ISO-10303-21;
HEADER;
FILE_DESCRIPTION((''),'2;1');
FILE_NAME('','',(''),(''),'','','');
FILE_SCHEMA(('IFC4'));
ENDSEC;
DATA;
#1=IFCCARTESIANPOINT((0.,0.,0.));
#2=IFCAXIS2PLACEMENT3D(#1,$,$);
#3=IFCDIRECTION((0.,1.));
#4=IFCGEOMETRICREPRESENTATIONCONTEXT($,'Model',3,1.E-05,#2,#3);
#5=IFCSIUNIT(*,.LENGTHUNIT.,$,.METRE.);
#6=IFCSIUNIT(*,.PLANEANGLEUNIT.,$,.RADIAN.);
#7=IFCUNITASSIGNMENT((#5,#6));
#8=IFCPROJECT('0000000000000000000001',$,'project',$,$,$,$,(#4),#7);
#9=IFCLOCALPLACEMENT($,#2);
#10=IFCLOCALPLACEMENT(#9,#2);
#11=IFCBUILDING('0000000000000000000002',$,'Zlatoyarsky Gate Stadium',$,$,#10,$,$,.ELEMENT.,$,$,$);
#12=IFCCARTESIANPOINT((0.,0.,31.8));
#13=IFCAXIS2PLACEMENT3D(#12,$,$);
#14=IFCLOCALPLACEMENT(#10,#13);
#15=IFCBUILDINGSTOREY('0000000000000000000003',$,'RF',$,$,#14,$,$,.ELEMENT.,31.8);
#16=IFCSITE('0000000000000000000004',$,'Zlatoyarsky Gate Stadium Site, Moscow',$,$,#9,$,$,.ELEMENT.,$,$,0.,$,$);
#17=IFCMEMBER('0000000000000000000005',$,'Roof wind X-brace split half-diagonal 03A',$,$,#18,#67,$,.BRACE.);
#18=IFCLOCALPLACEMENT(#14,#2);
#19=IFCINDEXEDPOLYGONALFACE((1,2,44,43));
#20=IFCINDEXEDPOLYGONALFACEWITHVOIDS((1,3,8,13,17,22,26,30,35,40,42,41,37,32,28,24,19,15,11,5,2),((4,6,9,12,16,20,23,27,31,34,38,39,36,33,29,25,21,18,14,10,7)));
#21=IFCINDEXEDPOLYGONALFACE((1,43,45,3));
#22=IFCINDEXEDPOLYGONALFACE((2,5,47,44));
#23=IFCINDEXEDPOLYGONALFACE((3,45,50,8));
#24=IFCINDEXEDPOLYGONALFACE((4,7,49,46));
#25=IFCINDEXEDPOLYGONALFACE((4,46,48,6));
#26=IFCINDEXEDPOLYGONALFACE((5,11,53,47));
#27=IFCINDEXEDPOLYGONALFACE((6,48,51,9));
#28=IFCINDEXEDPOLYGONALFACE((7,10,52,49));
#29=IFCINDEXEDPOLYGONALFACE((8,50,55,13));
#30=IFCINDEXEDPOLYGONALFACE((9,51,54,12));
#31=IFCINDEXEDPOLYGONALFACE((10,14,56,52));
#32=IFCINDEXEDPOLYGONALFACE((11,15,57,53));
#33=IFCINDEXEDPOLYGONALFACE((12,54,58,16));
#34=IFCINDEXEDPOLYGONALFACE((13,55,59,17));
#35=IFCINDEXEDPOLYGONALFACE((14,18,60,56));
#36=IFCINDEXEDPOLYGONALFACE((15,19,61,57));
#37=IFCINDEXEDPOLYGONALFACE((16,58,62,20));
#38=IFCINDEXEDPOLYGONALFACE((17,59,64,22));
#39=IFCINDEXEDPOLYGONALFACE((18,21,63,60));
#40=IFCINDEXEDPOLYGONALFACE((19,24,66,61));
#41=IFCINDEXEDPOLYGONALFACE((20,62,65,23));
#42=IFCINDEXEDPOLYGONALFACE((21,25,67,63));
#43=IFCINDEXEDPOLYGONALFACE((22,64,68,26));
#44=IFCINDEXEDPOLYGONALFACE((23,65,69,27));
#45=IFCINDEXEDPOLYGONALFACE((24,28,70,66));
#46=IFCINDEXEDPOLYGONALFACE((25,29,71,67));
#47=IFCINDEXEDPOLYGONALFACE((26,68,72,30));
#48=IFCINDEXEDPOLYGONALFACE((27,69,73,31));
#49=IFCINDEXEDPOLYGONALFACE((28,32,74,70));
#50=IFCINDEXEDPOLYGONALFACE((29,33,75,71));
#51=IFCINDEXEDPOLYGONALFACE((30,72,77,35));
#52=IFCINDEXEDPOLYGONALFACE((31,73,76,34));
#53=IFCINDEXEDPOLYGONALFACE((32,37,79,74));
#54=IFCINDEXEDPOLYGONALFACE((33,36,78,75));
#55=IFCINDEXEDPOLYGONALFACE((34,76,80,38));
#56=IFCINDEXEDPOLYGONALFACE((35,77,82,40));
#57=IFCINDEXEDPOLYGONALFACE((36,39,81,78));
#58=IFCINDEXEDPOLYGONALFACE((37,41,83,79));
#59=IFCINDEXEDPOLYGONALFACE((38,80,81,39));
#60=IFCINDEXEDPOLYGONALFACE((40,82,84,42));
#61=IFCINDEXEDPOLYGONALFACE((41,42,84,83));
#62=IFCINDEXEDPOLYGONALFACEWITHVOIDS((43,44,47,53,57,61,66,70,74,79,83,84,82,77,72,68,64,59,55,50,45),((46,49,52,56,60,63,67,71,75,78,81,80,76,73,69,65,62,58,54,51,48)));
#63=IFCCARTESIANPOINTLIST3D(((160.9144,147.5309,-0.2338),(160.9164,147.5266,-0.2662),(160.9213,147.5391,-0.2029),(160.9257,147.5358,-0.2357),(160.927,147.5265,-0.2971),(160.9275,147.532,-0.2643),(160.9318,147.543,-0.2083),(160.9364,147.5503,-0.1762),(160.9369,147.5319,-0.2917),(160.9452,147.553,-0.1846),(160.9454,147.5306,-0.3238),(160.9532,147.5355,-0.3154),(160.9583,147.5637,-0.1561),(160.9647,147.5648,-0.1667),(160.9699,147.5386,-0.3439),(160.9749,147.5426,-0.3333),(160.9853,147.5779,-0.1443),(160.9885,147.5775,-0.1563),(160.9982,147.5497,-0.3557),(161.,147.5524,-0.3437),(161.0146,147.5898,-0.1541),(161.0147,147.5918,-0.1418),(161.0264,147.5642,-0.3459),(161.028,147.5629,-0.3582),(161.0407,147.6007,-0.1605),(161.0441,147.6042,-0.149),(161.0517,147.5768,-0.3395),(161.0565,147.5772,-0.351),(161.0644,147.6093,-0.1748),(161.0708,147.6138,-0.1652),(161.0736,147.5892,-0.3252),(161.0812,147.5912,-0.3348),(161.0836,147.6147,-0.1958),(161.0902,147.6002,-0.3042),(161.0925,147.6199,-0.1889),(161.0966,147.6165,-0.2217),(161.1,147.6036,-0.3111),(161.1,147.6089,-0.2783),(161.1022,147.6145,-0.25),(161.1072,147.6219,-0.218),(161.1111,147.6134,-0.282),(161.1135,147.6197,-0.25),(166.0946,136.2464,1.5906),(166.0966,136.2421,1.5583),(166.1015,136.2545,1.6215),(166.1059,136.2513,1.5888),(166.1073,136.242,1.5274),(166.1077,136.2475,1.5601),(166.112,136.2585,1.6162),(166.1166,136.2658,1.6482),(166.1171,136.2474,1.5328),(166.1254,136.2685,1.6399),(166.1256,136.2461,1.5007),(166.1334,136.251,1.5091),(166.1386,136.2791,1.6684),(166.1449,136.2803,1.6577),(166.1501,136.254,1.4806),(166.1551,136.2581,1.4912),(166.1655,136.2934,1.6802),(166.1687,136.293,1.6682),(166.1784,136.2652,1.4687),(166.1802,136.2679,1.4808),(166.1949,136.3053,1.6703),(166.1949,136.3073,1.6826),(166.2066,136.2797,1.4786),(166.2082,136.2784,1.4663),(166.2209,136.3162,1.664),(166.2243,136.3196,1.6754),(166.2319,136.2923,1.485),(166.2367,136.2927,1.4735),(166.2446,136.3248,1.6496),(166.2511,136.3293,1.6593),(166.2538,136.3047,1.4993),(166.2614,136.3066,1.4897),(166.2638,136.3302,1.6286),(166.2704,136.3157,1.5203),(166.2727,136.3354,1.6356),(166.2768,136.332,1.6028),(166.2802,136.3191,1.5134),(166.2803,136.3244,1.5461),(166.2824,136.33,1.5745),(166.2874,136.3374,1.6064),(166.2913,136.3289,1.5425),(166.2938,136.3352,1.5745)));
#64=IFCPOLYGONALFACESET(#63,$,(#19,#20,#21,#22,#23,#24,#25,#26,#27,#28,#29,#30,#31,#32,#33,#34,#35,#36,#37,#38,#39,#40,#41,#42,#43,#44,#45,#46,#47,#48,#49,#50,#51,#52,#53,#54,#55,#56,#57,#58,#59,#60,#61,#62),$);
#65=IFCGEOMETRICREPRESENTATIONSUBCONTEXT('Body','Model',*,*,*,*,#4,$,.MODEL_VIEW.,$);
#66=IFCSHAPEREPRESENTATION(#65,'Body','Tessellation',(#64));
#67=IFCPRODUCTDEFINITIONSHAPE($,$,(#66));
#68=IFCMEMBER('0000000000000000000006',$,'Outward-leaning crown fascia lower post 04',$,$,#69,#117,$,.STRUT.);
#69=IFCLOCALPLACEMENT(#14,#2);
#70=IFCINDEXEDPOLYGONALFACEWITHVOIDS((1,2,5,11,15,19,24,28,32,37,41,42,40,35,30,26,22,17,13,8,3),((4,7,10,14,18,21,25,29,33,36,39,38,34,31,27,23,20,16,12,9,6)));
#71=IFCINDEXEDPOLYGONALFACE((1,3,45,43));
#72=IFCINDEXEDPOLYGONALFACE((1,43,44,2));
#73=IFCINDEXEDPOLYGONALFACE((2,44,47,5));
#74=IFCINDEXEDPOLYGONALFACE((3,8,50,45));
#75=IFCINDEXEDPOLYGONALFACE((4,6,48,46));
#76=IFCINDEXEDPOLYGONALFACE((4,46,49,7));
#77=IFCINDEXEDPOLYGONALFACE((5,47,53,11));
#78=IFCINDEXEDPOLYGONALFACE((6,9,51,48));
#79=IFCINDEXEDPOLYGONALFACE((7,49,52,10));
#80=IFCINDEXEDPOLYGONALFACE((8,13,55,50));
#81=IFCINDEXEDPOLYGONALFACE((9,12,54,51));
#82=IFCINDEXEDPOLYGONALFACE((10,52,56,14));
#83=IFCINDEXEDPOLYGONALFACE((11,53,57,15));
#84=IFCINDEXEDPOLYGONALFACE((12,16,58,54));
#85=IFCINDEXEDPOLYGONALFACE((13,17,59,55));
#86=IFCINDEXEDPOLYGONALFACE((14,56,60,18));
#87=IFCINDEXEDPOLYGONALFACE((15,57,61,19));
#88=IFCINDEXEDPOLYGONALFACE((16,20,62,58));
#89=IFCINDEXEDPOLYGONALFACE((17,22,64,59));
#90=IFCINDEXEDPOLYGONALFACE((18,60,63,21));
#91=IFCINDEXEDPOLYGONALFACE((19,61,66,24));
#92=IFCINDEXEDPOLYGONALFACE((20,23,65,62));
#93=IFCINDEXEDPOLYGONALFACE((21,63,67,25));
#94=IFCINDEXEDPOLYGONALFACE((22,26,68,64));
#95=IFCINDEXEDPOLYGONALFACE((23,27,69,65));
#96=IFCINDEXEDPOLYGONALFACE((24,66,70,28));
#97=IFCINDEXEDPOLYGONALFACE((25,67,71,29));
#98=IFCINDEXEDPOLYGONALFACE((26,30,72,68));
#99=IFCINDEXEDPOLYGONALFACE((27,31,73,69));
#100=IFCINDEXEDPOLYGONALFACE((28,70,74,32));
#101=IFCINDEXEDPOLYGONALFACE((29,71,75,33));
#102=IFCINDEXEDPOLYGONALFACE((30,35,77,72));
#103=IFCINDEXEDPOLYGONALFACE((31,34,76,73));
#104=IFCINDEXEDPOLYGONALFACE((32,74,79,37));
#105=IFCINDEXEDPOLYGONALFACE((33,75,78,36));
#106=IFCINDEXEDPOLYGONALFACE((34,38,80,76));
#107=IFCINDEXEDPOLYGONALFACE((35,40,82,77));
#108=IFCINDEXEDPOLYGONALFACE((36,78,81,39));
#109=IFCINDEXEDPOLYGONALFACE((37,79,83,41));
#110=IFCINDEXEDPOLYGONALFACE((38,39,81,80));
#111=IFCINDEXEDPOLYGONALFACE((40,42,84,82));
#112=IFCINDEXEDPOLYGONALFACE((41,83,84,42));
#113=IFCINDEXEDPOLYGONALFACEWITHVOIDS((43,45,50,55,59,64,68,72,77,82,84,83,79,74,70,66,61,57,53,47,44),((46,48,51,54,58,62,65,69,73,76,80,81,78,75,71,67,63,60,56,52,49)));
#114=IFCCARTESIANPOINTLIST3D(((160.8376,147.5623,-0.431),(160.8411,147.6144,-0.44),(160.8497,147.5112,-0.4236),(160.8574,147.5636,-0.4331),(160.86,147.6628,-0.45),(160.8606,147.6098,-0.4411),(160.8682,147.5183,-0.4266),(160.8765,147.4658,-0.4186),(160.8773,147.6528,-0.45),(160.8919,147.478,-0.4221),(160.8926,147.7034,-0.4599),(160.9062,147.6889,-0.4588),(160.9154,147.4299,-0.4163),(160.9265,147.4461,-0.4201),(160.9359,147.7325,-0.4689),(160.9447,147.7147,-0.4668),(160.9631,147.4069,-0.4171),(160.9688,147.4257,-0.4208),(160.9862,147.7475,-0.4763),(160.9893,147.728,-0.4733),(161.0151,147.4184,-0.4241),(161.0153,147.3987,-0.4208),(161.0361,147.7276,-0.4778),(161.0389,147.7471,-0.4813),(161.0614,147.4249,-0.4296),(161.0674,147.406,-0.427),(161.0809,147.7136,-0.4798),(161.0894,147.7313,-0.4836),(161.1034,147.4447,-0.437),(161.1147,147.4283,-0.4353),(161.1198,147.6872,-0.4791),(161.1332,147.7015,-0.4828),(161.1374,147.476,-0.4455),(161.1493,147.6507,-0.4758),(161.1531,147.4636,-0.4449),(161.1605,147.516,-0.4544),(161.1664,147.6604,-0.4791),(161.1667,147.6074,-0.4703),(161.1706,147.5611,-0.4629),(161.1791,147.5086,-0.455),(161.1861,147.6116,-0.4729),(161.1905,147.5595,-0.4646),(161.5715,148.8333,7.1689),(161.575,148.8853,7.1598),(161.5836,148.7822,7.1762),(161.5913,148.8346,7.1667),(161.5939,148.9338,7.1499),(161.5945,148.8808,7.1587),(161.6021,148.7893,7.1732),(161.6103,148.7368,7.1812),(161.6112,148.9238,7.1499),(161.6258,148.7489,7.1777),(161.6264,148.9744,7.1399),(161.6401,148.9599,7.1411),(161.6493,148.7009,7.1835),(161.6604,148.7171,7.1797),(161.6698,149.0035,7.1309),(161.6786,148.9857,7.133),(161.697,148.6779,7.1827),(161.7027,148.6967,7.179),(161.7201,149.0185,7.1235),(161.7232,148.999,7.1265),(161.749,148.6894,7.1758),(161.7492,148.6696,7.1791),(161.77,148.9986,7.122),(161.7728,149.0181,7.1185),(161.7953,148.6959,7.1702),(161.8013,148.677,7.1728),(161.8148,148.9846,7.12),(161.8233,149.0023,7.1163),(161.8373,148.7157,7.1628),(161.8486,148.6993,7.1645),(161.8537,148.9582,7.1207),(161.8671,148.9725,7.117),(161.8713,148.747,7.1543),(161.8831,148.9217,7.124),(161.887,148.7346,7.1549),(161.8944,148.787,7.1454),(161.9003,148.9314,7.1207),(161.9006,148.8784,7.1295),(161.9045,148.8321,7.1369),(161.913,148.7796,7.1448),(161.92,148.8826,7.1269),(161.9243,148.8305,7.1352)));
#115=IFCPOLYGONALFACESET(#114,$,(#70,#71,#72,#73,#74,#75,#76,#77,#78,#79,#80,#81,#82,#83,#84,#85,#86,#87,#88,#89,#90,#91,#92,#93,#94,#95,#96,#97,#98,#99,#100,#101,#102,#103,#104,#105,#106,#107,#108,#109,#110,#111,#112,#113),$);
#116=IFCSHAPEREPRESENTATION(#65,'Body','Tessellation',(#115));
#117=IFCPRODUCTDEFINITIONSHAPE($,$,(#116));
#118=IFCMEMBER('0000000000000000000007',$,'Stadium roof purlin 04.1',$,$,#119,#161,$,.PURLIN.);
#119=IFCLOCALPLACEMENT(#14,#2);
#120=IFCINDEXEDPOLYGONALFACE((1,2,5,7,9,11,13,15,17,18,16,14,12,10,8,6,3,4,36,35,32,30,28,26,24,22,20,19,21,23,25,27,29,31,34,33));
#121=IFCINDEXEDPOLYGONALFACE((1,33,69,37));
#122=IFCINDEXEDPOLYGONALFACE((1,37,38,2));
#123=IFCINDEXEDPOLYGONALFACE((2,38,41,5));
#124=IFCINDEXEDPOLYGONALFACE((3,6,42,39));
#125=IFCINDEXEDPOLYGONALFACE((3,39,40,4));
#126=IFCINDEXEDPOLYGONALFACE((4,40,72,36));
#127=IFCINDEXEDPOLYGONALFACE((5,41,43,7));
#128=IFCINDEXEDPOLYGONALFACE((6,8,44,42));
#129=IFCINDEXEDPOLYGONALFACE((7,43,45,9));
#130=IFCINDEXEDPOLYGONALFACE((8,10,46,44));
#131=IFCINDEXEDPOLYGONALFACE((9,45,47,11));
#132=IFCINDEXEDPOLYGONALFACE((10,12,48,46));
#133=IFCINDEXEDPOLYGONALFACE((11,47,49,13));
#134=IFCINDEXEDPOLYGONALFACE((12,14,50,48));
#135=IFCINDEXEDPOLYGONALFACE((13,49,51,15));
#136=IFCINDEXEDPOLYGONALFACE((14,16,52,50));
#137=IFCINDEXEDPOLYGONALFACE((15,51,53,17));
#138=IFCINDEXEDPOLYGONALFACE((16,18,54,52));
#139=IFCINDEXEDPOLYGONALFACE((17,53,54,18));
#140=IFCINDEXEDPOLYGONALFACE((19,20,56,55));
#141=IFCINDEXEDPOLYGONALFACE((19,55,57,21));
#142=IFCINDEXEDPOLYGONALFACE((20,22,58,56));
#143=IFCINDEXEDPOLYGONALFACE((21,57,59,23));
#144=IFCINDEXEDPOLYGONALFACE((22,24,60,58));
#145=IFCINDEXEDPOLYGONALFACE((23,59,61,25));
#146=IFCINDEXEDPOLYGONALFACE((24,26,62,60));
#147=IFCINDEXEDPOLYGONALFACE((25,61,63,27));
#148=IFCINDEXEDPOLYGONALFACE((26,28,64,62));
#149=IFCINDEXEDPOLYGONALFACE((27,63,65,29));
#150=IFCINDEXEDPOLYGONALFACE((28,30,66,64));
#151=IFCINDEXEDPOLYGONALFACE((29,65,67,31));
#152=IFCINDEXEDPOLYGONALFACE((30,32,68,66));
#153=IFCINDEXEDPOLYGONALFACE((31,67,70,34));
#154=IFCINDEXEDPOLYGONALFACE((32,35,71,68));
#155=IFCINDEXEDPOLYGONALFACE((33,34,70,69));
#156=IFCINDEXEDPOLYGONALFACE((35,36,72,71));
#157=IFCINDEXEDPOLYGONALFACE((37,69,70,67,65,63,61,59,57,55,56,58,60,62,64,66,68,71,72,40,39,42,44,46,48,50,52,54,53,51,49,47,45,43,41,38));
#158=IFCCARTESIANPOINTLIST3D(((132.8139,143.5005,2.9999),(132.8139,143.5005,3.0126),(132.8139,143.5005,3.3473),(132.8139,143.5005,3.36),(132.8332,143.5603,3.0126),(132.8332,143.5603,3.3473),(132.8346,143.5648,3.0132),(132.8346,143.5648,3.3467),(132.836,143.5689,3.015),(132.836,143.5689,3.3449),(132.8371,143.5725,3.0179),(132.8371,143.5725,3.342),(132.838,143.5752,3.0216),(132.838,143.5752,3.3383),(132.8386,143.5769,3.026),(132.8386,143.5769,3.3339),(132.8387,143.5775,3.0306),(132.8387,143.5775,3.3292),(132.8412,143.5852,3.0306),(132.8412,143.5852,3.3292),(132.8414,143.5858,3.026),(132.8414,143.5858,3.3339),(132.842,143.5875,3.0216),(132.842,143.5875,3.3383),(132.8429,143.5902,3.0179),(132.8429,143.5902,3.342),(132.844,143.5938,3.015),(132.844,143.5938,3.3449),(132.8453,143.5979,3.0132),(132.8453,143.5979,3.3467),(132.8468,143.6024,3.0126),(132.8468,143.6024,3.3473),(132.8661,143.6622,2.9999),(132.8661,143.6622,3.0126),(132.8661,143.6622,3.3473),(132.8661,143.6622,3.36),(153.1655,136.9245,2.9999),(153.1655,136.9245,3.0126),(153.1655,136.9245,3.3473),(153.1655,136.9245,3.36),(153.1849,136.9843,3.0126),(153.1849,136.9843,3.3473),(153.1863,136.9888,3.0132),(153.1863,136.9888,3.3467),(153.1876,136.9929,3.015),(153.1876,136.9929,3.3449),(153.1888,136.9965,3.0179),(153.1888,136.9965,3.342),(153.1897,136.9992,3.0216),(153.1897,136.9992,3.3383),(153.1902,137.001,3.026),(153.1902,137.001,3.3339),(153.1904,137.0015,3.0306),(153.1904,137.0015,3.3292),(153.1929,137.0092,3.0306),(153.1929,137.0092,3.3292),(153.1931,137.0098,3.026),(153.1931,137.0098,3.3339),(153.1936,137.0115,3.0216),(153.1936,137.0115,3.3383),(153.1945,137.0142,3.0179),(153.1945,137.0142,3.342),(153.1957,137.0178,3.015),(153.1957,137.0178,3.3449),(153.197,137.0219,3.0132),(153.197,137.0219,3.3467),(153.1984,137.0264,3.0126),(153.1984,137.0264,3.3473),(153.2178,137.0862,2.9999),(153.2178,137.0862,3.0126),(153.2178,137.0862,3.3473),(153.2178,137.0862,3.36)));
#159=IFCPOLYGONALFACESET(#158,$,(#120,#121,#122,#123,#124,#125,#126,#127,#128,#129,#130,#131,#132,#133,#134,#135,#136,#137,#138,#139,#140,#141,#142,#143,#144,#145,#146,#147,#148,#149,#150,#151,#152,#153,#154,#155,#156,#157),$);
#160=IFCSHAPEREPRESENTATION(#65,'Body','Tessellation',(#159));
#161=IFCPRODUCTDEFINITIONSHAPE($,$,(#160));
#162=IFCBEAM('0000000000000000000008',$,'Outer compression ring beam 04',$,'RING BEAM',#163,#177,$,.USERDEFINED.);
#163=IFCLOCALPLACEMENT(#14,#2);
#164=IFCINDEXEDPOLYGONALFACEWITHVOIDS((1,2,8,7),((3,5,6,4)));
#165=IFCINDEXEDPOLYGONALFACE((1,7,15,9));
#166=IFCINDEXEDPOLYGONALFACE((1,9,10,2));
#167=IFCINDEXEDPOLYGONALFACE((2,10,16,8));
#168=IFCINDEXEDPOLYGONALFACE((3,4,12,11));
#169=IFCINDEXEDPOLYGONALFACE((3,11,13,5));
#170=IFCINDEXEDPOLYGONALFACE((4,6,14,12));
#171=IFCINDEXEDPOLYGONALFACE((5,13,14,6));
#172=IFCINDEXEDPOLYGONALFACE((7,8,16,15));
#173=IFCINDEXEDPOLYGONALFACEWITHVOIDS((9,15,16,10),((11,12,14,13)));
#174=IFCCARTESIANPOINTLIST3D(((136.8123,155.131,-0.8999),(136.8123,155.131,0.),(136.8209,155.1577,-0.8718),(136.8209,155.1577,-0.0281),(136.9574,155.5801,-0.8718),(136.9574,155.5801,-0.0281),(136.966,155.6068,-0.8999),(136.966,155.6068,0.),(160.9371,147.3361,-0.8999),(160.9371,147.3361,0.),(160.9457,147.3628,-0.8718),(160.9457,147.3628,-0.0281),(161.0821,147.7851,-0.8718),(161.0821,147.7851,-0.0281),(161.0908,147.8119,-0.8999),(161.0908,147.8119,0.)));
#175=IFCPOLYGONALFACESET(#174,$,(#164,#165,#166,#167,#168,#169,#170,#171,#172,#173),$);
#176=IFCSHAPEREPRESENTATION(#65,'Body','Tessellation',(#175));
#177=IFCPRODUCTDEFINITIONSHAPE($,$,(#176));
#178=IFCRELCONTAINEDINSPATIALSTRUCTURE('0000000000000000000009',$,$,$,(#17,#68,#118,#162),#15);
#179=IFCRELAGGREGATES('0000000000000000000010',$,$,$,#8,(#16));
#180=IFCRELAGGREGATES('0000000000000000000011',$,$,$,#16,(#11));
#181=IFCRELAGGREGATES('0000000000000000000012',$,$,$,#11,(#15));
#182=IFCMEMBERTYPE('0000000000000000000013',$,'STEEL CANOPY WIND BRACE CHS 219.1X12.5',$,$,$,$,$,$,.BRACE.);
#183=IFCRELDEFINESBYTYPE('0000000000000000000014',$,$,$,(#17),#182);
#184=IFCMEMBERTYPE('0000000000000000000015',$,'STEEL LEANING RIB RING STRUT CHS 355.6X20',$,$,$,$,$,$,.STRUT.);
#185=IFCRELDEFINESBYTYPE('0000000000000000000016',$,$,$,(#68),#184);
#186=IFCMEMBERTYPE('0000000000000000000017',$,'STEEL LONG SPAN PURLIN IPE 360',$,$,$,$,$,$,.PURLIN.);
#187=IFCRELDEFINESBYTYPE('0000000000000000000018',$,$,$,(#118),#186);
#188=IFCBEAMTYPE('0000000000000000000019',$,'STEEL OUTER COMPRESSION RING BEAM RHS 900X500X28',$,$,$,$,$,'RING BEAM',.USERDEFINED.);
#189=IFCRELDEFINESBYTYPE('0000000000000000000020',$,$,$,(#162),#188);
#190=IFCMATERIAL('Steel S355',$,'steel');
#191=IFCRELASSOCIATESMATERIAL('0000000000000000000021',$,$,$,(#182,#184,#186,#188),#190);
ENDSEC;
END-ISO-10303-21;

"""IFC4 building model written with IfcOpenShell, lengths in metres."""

from ifc_helpers import new_model, si_unit, direction, frame, origin, origin_2d, place, context, subcontext, project, spatial, hollow_rectangle, hollow_circle, i_section, extrude, material, material_profile, profile_set, type_object, element, save


model = new_model("IFC4")

# Units and contexts
model_context = context("Model", 3, precision=1e-05, world=origin(), true_north=direction((0.0, 1.0)))
body_context = subcontext(model_context, "Body", "Model", "MODEL_VIEW")
ifc_project = project(units=[si_unit("LENGTHUNIT", "METRE"), si_unit("PLANEANGLEUNIT", "RADIAN")], contexts=[model_context])

# Site, building, storey
site_placement = place(None, origin())
site = spatial("IfcSite", under=ifc_project, at=site_placement, Name="Zlatoyarsky Gate Stadium Site, Moscow", CompositionType="ELEMENT", RefElevation=0.0)
building_placement = place(site_placement, origin())
building = spatial("IfcBuilding", under=site, at=building_placement, Name="Zlatoyarsky Gate Stadium", CompositionType="ELEMENT")
storey_placement = place(building_placement, frame((0.0, 0.0, 31.8)))
storey = spatial("IfcBuildingStorey", under=building, at=storey_placement, Name="RF", CompositionType="ELEMENT", Elevation=31.8)

# Members
ifc_material_1 = material(Name="Steel S355", Category="steel")
ifc_material_profile_1 = material_profile(ifc_material_1, hollow_circle(Radius=0.1096, WallThickness=0.0125, at=origin_2d()), Name="CHS 219.1X12.5")
ifc_profile_set_1 = profile_set([ifc_material_profile_1], Name="Steel S355")
member_type_1 = type_object("IfcMemberType", Name="STEEL CANOPY WIND BRACE CHS 219.1X12.5", PredefinedType="BRACE", material=ifc_profile_set_1)
member_1_placement = place(storey_placement, frame((161.0139, 147.574, -0.25), z_axis=(0.412765, -0.899161, 0.145376), x_axis=(0.908816, 0.417197, 0.0)))
element("IfcMember", 1, at=member_1_placement, inside=storey, type_object=member_type_1, Name="Roof wind X-brace split half-diagonal 03A", PredefinedType="BRACE", context=body_context, shape_type="SweptSolid", body=[
    extrude(hollow_circle(Radius=0.1096, WallThickness=0.0125, at=origin_2d()), origin(), (0.0, 0.0, 1.0), 12.55),
])
ifc_material_profile_2 = material_profile(ifc_material_1, hollow_circle(Radius=0.1777, WallThickness=0.02, at=origin_2d()), Name="CHS 355.6X20")
ifc_profile_set_2 = profile_set([ifc_material_profile_2], Name="Steel S355")
member_type_2 = type_object("IfcMemberType", Name="STEEL LEANING RIB RING STRUT CHS 355.6X20", PredefinedType="STRUT", material=ifc_profile_set_2)
member_2_placement = place(storey_placement, frame((161.0139, 147.574, -0.45), z_axis=(0.094814, 0.164206, 0.981859), x_axis=(-0.866003, 0.500039, 0.0)))
element("IfcMember", 2, at=member_2_placement, inside=storey, type_object=member_type_2, Name="Outward-leaning crown fascia lower post 04", PredefinedType="STRUT", context=body_context, shape_type="SweptSolid", body=[
    extrude(hollow_circle(Radius=0.1777, WallThickness=0.02, at=origin_2d()), origin(), (0.0, 0.0, 1.0), 7.7402),
])
ifc_material_profile_3 = material_profile(ifc_material_1, i_section(OverallWidth=0.1699, OverallDepth=0.3601, WebThickness=0.0081, FlangeThickness=0.0127, FilletRadius=0.0181, at=origin_2d()), Name="IPE 360")
ifc_profile_set_3 = profile_set([ifc_material_profile_3], Name="Steel S355")
member_type_3 = type_object("IfcMemberType", Name="STEEL LONG SPAN PURLIN IPE 360", PredefinedType="PURLIN", material=ifc_profile_set_3)
member_3_placement = place(storey_placement, frame((153.1917, 137.0054, 3.1799), z_axis=(-0.951559, 0.307465, 0.0), x_axis=(-0.307465, -0.951559, 0.0)))
element("IfcMember", 3, at=member_3_placement, inside=storey, type_object=member_type_3, Name="Stadium roof purlin 04.1", PredefinedType="PURLIN", context=body_context, shape_type="SweptSolid", body=[
    extrude(i_section(OverallWidth=0.1699, OverallDepth=0.3601, WebThickness=0.0081, FlangeThickness=0.0127, FilletRadius=0.0181, at=origin_2d()), origin(), (0.0, 0.0, 1.0), 21.3877),
])

# Beam
ifc_material_profile_4 = material_profile(ifc_material_1, hollow_rectangle(XDim=0.5, YDim=0.8999, WallThickness=0.0281, at=origin_2d()), Name="RHS 900X500X28")
ifc_profile_set_4 = profile_set([ifc_material_profile_4], Name="Steel S355")
beam_type_1 = type_object("IfcBeamType", Name="STEEL OUTER COMPRESSION RING BEAM RHS 900X500X28", ElementType="RING BEAM", PredefinedType="USERDEFINED", material=ifc_profile_set_4)
beam_1_placement = place(storey_placement, frame((161.0139, 147.574, -0.45), z_axis=(-0.951562, 0.307458, 0.0), x_axis=(-0.307458, -0.951562, 0.0)))
element("IfcBeam", 4, at=beam_1_placement, inside=storey, type_object=beam_type_1, Name="Outer compression ring beam 04", ObjectType="RING BEAM", PredefinedType="USERDEFINED", context=body_context, shape_type="SweptSolid", body=[
    extrude(hollow_rectangle(XDim=0.5, YDim=0.8999, WallThickness=0.0281, at=origin_2d()), origin(), (0.0, 0.0, 1.0), 25.3528),
])

save(model, "model.ifc")
